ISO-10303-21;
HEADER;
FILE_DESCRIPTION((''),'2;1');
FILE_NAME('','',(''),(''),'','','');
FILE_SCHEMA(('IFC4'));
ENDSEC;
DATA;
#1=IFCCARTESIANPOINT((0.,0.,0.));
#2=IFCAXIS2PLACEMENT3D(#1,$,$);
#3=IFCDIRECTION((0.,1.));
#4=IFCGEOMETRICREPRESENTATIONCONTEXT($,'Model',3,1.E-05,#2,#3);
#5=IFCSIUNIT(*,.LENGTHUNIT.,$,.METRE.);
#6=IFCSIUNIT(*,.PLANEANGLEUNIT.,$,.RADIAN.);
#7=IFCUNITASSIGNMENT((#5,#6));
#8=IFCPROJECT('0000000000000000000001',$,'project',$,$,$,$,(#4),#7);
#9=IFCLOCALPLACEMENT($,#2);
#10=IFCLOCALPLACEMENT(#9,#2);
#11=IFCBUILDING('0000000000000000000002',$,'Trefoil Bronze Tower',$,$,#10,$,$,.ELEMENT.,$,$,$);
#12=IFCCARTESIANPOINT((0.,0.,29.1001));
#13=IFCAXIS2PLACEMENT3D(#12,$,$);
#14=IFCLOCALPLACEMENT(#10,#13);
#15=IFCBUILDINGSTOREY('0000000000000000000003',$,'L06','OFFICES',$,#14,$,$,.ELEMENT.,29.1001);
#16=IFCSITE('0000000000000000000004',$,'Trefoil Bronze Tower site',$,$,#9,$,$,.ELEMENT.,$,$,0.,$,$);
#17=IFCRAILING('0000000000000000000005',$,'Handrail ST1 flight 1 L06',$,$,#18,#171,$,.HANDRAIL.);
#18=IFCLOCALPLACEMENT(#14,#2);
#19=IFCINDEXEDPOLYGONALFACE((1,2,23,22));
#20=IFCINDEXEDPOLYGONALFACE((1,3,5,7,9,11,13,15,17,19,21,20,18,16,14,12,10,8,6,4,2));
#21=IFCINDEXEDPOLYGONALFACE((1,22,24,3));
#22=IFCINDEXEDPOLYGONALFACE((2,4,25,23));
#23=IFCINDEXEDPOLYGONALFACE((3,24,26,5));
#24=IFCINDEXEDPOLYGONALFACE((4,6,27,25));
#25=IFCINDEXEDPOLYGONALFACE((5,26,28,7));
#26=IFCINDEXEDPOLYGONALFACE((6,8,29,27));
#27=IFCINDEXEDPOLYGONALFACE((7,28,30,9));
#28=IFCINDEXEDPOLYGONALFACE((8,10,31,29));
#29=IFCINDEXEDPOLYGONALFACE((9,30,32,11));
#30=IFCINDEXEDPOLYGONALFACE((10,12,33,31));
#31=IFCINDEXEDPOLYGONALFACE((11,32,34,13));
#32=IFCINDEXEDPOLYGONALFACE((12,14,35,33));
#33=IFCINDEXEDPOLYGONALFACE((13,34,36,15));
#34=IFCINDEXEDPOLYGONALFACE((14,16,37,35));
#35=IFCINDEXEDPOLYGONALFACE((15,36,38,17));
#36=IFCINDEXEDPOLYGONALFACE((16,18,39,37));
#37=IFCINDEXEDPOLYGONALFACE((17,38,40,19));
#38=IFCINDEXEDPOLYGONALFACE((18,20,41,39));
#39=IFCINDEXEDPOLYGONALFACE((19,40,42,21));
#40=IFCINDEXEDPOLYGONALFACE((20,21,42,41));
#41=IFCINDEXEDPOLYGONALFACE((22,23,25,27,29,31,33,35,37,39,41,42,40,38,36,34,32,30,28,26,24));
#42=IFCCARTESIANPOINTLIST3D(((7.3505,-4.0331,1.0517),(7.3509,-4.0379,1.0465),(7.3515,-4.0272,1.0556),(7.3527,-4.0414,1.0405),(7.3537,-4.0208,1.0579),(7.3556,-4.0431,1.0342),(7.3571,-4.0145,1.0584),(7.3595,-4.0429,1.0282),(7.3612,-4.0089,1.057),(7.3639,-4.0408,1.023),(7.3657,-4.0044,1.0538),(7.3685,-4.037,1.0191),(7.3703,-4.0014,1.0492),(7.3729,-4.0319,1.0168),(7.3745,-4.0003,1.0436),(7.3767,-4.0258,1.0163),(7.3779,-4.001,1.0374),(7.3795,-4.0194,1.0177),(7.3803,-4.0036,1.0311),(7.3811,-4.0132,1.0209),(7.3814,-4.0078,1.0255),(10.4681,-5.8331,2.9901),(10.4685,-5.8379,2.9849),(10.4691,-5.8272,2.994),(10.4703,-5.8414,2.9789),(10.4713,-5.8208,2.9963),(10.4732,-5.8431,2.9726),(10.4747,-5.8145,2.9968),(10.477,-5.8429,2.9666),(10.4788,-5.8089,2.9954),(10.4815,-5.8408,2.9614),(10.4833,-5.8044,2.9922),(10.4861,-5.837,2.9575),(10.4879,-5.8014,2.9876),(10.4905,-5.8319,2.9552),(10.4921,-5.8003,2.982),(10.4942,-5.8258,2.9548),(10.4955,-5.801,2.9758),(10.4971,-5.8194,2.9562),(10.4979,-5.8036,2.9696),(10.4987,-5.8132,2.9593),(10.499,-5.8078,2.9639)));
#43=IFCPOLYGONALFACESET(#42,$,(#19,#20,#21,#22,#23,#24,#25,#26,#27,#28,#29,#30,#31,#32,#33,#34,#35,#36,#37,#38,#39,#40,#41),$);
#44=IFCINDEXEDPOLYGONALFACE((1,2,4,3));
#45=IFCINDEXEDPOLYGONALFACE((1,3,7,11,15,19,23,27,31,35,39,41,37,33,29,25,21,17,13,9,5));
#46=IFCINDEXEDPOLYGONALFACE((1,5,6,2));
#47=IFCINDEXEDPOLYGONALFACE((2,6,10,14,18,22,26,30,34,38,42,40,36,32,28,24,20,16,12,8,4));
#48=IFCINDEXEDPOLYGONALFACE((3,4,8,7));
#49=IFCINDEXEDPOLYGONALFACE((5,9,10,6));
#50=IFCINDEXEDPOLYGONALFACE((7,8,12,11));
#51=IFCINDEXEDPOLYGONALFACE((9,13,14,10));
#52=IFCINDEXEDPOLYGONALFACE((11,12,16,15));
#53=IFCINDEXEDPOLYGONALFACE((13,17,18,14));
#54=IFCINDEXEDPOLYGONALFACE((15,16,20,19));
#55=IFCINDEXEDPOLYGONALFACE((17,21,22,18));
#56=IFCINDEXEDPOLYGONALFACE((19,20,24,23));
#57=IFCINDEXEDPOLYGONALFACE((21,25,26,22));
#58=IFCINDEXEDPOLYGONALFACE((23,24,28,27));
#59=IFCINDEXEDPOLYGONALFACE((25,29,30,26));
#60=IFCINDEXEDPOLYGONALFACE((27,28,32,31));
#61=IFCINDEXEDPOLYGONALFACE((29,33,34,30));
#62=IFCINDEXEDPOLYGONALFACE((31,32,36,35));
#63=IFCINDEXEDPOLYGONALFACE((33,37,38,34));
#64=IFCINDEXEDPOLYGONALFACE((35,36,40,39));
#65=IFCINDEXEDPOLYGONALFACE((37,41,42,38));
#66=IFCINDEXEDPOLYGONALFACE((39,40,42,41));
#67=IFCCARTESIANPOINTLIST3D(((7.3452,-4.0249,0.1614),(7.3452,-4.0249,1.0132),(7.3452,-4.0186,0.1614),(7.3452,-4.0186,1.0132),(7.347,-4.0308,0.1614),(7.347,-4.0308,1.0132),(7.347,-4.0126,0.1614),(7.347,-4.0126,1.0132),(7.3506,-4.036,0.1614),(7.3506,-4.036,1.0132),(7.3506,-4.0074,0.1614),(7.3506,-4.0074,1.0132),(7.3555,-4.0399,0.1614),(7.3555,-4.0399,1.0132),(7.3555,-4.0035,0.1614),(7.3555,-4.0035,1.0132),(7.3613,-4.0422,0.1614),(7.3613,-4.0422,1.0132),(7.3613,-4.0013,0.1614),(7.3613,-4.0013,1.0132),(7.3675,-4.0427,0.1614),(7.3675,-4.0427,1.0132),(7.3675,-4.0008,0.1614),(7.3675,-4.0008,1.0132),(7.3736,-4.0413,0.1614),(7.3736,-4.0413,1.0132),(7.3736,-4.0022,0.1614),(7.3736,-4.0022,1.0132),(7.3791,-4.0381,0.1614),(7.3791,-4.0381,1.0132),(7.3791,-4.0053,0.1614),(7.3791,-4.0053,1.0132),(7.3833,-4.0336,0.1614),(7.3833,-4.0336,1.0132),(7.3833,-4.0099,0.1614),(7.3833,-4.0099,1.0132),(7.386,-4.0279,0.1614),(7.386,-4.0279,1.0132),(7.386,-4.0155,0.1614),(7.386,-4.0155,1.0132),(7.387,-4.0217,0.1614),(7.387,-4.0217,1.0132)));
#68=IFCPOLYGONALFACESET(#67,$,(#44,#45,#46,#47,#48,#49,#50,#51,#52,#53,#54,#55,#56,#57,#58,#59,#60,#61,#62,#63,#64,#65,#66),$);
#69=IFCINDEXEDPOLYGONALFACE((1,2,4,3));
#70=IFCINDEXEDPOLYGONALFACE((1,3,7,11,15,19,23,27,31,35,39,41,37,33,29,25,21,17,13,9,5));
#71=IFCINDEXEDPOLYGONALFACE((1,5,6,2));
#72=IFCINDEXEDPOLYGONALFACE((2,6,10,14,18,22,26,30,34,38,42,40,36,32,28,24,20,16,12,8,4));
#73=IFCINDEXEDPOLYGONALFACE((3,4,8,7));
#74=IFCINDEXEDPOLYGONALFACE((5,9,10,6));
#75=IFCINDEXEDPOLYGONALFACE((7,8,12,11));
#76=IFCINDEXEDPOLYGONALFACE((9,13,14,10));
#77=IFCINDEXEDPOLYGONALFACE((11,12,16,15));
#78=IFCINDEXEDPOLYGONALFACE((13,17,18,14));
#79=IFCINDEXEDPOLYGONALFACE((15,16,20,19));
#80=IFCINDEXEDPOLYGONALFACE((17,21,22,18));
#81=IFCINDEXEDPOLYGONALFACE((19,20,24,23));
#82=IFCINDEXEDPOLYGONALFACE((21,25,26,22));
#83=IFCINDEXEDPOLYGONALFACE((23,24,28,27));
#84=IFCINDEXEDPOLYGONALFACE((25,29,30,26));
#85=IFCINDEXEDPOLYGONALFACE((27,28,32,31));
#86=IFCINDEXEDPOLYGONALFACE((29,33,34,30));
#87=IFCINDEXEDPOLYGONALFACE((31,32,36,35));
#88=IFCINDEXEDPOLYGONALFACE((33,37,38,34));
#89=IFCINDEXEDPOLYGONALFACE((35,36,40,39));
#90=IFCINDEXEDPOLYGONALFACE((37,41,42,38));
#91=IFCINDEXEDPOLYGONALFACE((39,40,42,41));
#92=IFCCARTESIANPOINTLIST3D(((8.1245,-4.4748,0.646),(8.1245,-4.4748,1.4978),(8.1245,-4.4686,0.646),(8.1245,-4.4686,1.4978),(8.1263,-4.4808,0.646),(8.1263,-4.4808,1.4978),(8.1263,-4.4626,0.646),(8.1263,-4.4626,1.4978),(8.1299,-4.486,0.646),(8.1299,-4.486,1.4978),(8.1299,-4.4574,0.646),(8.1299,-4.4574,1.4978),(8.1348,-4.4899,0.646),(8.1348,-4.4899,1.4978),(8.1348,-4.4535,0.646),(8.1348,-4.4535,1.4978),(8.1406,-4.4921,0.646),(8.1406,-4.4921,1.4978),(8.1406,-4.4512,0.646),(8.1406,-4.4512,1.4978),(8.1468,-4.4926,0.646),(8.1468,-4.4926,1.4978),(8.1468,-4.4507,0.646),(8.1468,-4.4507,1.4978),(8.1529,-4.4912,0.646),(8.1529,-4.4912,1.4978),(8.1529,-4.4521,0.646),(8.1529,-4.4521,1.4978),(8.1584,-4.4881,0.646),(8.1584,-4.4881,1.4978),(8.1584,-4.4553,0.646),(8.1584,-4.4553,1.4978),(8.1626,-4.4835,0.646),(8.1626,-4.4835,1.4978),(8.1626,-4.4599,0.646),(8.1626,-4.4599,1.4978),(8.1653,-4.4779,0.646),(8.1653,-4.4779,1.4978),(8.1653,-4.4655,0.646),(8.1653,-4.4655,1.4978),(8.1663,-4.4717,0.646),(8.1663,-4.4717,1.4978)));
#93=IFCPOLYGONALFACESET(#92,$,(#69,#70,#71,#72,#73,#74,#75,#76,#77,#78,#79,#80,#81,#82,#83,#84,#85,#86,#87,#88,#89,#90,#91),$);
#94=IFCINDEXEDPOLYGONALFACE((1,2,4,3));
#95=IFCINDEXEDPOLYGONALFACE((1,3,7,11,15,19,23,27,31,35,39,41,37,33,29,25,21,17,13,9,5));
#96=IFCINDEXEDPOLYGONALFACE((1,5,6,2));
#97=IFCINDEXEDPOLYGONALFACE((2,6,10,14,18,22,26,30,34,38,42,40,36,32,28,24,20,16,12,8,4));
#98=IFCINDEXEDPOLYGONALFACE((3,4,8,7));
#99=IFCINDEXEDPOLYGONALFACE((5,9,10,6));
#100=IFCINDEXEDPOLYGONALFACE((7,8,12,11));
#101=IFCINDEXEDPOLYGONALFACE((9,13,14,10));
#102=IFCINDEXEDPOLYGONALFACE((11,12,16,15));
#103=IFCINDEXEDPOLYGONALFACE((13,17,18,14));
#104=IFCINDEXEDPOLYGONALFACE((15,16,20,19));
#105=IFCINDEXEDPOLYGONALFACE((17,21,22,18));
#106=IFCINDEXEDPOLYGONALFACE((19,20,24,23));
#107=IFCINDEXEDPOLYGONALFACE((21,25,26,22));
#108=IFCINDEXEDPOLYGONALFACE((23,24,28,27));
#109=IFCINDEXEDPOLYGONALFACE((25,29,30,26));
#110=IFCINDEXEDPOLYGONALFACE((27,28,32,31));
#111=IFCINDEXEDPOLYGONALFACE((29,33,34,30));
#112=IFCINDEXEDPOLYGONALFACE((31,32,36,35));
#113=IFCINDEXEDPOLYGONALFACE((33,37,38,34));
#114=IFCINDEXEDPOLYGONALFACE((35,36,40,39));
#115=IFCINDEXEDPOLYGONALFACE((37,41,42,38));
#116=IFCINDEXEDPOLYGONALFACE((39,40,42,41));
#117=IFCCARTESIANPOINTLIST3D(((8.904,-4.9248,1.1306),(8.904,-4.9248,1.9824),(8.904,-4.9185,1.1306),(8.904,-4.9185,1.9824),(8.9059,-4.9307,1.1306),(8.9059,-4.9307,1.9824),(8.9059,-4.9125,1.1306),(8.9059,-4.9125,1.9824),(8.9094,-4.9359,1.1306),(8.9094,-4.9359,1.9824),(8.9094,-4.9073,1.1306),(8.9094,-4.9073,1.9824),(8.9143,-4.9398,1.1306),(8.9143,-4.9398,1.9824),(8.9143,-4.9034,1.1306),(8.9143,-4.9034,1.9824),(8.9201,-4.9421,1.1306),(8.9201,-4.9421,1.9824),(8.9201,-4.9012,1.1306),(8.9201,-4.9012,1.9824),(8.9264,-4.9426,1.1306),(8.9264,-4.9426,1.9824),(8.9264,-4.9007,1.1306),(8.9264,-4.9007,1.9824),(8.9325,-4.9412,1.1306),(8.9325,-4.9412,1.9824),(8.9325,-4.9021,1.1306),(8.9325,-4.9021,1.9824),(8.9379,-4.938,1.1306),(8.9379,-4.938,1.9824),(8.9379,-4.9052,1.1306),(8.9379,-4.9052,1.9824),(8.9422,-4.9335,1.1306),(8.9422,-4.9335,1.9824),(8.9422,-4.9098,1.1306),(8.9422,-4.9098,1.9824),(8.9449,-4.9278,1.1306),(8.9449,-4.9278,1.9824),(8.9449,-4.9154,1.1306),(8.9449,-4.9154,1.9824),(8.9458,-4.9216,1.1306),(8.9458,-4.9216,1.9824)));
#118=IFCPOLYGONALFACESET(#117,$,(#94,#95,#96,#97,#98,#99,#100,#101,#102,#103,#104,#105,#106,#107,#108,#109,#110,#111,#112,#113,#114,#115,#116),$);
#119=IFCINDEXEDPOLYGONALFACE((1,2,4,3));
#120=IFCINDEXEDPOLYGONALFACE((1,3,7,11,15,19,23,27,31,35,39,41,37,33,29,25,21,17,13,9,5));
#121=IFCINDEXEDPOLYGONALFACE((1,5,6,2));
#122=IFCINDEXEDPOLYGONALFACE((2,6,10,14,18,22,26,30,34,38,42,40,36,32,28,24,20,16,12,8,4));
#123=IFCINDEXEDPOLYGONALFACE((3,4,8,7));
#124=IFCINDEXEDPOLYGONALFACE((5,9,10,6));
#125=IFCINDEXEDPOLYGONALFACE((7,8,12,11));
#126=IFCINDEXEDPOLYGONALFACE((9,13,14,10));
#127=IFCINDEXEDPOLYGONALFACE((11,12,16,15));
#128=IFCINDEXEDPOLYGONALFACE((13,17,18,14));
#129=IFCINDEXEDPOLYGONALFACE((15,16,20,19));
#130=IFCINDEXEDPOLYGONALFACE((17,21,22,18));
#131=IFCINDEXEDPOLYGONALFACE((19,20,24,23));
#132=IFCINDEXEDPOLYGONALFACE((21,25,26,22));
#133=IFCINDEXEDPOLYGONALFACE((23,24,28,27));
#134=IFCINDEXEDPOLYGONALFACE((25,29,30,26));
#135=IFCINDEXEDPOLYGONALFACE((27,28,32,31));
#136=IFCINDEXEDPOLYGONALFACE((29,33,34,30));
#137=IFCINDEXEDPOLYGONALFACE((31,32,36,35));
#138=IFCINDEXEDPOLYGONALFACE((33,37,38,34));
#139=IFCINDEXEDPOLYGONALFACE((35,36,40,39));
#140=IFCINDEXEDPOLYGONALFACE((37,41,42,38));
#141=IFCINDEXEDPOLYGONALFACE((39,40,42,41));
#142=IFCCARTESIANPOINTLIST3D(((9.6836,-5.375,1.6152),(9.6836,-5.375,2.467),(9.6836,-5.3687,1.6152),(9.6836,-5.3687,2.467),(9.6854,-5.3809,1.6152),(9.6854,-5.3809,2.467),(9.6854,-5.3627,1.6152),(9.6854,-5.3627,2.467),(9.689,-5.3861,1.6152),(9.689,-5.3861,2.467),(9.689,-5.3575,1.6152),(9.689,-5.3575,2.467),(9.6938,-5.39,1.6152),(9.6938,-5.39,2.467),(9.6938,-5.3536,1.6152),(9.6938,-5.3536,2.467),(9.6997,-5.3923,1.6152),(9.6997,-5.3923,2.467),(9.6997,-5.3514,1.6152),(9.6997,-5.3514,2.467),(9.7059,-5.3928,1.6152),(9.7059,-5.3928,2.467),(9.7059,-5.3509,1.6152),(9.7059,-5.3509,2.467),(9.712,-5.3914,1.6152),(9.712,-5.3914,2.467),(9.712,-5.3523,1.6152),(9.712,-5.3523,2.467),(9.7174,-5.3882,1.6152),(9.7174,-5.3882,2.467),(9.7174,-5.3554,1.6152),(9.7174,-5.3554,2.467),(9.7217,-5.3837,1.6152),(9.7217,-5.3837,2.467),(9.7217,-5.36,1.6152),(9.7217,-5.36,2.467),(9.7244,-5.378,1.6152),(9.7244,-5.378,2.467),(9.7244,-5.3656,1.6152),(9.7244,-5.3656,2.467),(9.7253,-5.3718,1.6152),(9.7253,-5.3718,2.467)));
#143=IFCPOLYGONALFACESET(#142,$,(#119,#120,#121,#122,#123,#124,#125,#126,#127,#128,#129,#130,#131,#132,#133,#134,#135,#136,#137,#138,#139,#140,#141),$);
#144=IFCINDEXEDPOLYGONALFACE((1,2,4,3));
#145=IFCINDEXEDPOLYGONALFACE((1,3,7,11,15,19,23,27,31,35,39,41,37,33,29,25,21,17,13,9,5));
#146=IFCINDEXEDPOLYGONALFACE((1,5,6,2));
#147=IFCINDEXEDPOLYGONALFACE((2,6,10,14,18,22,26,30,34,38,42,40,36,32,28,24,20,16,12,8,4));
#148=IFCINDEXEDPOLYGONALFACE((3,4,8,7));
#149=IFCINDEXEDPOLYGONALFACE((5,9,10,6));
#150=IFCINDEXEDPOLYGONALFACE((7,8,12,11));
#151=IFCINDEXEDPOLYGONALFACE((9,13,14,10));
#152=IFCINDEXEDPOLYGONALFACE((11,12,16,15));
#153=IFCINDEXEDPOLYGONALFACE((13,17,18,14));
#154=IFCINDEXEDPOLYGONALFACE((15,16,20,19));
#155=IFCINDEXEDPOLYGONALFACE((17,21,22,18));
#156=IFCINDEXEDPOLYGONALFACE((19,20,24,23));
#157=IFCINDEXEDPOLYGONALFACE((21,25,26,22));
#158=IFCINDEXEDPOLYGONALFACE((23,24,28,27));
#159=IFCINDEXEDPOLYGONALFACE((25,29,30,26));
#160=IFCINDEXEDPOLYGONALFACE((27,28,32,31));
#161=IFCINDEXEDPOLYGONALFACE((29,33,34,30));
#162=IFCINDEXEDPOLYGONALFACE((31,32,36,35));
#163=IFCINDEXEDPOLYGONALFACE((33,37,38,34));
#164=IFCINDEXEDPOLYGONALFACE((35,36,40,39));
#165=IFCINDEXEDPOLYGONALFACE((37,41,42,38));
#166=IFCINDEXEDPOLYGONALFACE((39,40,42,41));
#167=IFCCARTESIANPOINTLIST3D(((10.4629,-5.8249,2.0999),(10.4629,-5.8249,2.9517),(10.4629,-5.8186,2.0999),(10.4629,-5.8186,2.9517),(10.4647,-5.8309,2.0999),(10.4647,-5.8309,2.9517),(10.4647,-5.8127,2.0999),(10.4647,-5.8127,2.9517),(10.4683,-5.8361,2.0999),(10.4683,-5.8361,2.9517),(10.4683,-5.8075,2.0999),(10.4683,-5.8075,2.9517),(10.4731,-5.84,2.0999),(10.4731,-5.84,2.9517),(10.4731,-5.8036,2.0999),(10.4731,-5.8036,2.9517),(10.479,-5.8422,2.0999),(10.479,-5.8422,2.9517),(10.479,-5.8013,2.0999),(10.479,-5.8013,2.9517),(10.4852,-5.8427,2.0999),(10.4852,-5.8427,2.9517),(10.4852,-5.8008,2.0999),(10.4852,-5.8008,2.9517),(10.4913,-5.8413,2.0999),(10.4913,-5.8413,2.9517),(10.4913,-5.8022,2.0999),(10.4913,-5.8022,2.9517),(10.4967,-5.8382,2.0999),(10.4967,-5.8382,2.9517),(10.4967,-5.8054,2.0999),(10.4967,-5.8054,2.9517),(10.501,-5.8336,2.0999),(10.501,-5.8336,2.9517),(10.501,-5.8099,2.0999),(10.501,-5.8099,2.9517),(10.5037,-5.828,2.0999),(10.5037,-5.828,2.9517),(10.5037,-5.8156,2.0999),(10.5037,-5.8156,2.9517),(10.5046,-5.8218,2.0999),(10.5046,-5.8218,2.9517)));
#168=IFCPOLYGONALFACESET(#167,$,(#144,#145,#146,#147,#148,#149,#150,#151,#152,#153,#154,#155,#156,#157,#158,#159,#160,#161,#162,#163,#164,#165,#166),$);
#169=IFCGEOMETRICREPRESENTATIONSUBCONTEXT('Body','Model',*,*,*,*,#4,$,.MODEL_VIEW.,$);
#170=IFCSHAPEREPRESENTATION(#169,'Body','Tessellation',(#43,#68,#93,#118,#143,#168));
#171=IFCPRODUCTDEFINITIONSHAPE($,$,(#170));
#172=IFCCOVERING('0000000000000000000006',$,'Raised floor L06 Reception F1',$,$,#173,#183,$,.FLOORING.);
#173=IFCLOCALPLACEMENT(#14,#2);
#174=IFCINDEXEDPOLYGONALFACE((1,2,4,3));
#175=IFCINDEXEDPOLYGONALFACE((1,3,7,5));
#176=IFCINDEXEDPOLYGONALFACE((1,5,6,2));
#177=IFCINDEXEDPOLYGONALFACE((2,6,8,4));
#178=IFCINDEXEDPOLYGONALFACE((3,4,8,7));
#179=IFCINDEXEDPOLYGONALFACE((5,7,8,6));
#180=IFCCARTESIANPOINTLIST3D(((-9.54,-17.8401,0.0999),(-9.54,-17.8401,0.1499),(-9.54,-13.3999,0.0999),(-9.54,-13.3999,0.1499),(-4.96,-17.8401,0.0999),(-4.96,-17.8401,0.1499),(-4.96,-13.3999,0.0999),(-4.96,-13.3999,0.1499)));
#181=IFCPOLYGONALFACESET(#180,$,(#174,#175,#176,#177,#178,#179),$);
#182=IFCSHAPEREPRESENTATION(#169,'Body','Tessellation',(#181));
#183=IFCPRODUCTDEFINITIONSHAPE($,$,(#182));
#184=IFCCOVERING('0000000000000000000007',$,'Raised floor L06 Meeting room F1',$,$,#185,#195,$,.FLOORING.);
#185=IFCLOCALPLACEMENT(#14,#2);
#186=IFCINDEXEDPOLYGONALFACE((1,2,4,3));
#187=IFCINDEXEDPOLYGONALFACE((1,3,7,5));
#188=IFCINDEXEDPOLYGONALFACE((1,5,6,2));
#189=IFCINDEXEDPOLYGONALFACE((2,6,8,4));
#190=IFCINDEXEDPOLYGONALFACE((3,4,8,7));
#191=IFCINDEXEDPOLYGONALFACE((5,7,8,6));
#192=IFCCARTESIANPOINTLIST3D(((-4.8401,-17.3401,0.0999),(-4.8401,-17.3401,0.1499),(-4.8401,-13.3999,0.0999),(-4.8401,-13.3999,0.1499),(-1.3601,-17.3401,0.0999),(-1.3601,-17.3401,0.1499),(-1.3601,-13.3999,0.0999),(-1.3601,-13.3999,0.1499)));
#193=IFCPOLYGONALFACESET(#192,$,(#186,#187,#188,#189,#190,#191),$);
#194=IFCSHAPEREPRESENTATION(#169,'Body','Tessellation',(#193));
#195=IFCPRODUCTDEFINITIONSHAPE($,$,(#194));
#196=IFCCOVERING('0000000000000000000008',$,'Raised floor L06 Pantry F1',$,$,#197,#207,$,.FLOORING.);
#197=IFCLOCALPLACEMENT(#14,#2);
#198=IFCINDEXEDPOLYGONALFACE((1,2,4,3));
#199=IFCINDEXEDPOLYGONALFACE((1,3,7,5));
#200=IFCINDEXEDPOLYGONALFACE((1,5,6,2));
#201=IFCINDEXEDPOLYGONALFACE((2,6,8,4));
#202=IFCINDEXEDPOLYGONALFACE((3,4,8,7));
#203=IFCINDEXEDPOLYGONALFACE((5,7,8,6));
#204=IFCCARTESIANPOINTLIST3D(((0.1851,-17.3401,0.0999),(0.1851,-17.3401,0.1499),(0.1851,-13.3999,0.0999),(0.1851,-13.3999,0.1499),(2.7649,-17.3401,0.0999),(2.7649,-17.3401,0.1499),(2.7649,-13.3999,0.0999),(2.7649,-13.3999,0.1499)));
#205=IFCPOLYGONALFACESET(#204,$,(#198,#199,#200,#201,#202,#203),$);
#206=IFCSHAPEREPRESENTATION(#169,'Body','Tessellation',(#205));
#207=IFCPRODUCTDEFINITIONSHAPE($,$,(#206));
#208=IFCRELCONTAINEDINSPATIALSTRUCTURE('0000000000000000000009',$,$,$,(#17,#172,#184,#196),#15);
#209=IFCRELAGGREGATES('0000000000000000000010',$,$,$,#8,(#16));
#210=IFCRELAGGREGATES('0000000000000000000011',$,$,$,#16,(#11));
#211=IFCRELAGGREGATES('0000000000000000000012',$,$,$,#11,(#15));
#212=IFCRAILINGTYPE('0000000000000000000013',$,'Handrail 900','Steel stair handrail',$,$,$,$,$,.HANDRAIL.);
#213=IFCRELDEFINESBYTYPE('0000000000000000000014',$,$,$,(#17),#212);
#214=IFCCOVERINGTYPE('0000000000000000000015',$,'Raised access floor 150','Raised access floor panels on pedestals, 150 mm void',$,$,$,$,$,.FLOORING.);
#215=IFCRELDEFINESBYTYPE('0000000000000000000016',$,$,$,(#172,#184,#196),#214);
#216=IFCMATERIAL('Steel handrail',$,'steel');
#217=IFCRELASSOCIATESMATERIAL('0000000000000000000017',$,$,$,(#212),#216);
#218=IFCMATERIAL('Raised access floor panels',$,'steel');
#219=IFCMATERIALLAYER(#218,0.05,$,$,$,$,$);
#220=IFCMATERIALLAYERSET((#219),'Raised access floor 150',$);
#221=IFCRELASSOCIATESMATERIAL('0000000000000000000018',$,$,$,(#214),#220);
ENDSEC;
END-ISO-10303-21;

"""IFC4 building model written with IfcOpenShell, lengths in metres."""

from ifc_helpers import new_model, si_unit, direction, frame, origin, origin_2d, place, context, subcontext, project, spatial, polyline, circle, outline, extrude, material, layer, layer_set, type_object, element, save


model = new_model("IFC4")

# Units and contexts
model_context = context("Model", 3, precision=1e-05, world=origin(), true_north=direction((0.0, 1.0)))
body_context = subcontext(model_context, "Body", "Model", "MODEL_VIEW")
ifc_project = project(units=[si_unit("LENGTHUNIT", "METRE"), si_unit("PLANEANGLEUNIT", "RADIAN")], contexts=[model_context])

# Site, building, storey
site_placement = place(None, origin())
site = spatial("IfcSite", under=ifc_project, at=site_placement, Name="Trefoil Bronze Tower site", CompositionType="ELEMENT", RefElevation=0.0)
building_placement = place(site_placement, origin())
building = spatial("IfcBuilding", under=site, at=building_placement, Name="Trefoil Bronze Tower", CompositionType="ELEMENT")
storey_placement = place(building_placement, frame((0.0, 0.0, 29.1001)))
storey = spatial("IfcBuildingStorey", under=building, at=storey_placement, Name="L06", Description="OFFICES", CompositionType="ELEMENT", Elevation=29.1001)

# Railing
ifc_material_1 = material(Name="Steel handrail", Category="steel")
railing_type = type_object("IfcRailingType", Name="Handrail 900", Description="Steel stair handrail", PredefinedType="HANDRAIL", material=ifc_material_1)
railing_placement = place(storey_placement, frame((7.366, -4.0217, 0.1614)))
element("IfcRailing", 1, at=railing_placement, inside=storey, type_object=railing_type, Name="Handrail ST1 flight 1 L06", PredefinedType="HANDRAIL", context=body_context, shape_type="SweptSolid", body=[
    extrude(circle(Radius=0.0239, at=origin_2d()), frame((0.0, 0.0, 0.876), z_axis=(0.762503, -0.440246, 0.474102), x_axis=(0.500012, 0.866018, 0.0)), (0.0, 0.0, 1.0), 4.0886),
    extrude(circle(Radius=0.021, at=origin_2d()), origin(), (0.0, 0.0, 1.0), 0.8518),
    extrude(circle(Radius=0.021, at=origin_2d()), frame((0.7793, -0.45, 0.4846)), (0.0, 0.0, 1.0), 0.8518),
    extrude(circle(Radius=0.021, at=origin_2d()), frame((1.5588, -0.8999, 0.9692)), (0.0, 0.0, 1.0), 0.8518),
    extrude(circle(Radius=0.021, at=origin_2d()), frame((2.3384, -1.3501, 1.4539)), (0.0, 0.0, 1.0), 0.8518),
    extrude(circle(Radius=0.021, at=origin_2d()), frame((3.1177, -1.8, 1.9385)), (0.0, 0.0, 1.0), 0.8518),
])

# Coverings
ifc_material_2 = material(Name="Raised access floor panels", Category="steel")
ifc_layer_1 = layer(ifc_material_2, 0.05)
ifc_layer_set_1 = layer_set([ifc_layer_1], Name="Raised access floor 150")
covering_type_1 = type_object("IfcCoveringType", Name="Raised access floor 150", Description="Raised access floor panels on pedestals, 150 mm void", PredefinedType="FLOORING", material=ifc_layer_set_1)
covering_1_placement = place(storey_placement, frame((0.0, 0.0, 0.0999)))
element("IfcCovering", 2, at=covering_1_placement, inside=storey, type_object=covering_type_1, Name="Raised floor L06 Reception F1", PredefinedType="FLOORING", context=body_context, shape_type="SweptSolid", body=[
    extrude(outline(polyline([(-4.96, -13.3999), (-4.96, -17.8401), (-9.54, -17.8401), (-9.54, -13.3999), (-4.96, -13.3999)])), origin(), (0.0, 0.0, 1.0), 0.05),
])
covering_2_placement = place(storey_placement, frame((0.0, 0.0, 0.0999)))
element("IfcCovering", 3, at=covering_2_placement, inside=storey, type_object=covering_type_1, Name="Raised floor L06 Meeting room F1", PredefinedType="FLOORING", context=body_context, shape_type="SweptSolid", body=[
    extrude(outline(polyline([(-1.3601, -13.3999), (-1.3601, -17.3401), (-4.8401, -17.3401), (-4.8401, -13.3999), (-1.3601, -13.3999)])), origin(), (0.0, 0.0, 1.0), 0.05),
])
covering_3_placement = place(storey_placement, frame((0.0, 0.0, 0.0999)))
element("IfcCovering", 4, at=covering_3_placement, inside=storey, type_object=covering_type_1, Name="Raised floor L06 Pantry F1", PredefinedType="FLOORING", context=body_context, shape_type="SweptSolid", body=[
    extrude(outline(polyline([(2.7649, -13.3999), (2.7649, -17.3401), (0.1851, -17.3401), (0.1851, -13.3999), (2.7649, -13.3999)])), origin(), (0.0, 0.0, 1.0), 0.05),
])

save(model, "model.ifc")
